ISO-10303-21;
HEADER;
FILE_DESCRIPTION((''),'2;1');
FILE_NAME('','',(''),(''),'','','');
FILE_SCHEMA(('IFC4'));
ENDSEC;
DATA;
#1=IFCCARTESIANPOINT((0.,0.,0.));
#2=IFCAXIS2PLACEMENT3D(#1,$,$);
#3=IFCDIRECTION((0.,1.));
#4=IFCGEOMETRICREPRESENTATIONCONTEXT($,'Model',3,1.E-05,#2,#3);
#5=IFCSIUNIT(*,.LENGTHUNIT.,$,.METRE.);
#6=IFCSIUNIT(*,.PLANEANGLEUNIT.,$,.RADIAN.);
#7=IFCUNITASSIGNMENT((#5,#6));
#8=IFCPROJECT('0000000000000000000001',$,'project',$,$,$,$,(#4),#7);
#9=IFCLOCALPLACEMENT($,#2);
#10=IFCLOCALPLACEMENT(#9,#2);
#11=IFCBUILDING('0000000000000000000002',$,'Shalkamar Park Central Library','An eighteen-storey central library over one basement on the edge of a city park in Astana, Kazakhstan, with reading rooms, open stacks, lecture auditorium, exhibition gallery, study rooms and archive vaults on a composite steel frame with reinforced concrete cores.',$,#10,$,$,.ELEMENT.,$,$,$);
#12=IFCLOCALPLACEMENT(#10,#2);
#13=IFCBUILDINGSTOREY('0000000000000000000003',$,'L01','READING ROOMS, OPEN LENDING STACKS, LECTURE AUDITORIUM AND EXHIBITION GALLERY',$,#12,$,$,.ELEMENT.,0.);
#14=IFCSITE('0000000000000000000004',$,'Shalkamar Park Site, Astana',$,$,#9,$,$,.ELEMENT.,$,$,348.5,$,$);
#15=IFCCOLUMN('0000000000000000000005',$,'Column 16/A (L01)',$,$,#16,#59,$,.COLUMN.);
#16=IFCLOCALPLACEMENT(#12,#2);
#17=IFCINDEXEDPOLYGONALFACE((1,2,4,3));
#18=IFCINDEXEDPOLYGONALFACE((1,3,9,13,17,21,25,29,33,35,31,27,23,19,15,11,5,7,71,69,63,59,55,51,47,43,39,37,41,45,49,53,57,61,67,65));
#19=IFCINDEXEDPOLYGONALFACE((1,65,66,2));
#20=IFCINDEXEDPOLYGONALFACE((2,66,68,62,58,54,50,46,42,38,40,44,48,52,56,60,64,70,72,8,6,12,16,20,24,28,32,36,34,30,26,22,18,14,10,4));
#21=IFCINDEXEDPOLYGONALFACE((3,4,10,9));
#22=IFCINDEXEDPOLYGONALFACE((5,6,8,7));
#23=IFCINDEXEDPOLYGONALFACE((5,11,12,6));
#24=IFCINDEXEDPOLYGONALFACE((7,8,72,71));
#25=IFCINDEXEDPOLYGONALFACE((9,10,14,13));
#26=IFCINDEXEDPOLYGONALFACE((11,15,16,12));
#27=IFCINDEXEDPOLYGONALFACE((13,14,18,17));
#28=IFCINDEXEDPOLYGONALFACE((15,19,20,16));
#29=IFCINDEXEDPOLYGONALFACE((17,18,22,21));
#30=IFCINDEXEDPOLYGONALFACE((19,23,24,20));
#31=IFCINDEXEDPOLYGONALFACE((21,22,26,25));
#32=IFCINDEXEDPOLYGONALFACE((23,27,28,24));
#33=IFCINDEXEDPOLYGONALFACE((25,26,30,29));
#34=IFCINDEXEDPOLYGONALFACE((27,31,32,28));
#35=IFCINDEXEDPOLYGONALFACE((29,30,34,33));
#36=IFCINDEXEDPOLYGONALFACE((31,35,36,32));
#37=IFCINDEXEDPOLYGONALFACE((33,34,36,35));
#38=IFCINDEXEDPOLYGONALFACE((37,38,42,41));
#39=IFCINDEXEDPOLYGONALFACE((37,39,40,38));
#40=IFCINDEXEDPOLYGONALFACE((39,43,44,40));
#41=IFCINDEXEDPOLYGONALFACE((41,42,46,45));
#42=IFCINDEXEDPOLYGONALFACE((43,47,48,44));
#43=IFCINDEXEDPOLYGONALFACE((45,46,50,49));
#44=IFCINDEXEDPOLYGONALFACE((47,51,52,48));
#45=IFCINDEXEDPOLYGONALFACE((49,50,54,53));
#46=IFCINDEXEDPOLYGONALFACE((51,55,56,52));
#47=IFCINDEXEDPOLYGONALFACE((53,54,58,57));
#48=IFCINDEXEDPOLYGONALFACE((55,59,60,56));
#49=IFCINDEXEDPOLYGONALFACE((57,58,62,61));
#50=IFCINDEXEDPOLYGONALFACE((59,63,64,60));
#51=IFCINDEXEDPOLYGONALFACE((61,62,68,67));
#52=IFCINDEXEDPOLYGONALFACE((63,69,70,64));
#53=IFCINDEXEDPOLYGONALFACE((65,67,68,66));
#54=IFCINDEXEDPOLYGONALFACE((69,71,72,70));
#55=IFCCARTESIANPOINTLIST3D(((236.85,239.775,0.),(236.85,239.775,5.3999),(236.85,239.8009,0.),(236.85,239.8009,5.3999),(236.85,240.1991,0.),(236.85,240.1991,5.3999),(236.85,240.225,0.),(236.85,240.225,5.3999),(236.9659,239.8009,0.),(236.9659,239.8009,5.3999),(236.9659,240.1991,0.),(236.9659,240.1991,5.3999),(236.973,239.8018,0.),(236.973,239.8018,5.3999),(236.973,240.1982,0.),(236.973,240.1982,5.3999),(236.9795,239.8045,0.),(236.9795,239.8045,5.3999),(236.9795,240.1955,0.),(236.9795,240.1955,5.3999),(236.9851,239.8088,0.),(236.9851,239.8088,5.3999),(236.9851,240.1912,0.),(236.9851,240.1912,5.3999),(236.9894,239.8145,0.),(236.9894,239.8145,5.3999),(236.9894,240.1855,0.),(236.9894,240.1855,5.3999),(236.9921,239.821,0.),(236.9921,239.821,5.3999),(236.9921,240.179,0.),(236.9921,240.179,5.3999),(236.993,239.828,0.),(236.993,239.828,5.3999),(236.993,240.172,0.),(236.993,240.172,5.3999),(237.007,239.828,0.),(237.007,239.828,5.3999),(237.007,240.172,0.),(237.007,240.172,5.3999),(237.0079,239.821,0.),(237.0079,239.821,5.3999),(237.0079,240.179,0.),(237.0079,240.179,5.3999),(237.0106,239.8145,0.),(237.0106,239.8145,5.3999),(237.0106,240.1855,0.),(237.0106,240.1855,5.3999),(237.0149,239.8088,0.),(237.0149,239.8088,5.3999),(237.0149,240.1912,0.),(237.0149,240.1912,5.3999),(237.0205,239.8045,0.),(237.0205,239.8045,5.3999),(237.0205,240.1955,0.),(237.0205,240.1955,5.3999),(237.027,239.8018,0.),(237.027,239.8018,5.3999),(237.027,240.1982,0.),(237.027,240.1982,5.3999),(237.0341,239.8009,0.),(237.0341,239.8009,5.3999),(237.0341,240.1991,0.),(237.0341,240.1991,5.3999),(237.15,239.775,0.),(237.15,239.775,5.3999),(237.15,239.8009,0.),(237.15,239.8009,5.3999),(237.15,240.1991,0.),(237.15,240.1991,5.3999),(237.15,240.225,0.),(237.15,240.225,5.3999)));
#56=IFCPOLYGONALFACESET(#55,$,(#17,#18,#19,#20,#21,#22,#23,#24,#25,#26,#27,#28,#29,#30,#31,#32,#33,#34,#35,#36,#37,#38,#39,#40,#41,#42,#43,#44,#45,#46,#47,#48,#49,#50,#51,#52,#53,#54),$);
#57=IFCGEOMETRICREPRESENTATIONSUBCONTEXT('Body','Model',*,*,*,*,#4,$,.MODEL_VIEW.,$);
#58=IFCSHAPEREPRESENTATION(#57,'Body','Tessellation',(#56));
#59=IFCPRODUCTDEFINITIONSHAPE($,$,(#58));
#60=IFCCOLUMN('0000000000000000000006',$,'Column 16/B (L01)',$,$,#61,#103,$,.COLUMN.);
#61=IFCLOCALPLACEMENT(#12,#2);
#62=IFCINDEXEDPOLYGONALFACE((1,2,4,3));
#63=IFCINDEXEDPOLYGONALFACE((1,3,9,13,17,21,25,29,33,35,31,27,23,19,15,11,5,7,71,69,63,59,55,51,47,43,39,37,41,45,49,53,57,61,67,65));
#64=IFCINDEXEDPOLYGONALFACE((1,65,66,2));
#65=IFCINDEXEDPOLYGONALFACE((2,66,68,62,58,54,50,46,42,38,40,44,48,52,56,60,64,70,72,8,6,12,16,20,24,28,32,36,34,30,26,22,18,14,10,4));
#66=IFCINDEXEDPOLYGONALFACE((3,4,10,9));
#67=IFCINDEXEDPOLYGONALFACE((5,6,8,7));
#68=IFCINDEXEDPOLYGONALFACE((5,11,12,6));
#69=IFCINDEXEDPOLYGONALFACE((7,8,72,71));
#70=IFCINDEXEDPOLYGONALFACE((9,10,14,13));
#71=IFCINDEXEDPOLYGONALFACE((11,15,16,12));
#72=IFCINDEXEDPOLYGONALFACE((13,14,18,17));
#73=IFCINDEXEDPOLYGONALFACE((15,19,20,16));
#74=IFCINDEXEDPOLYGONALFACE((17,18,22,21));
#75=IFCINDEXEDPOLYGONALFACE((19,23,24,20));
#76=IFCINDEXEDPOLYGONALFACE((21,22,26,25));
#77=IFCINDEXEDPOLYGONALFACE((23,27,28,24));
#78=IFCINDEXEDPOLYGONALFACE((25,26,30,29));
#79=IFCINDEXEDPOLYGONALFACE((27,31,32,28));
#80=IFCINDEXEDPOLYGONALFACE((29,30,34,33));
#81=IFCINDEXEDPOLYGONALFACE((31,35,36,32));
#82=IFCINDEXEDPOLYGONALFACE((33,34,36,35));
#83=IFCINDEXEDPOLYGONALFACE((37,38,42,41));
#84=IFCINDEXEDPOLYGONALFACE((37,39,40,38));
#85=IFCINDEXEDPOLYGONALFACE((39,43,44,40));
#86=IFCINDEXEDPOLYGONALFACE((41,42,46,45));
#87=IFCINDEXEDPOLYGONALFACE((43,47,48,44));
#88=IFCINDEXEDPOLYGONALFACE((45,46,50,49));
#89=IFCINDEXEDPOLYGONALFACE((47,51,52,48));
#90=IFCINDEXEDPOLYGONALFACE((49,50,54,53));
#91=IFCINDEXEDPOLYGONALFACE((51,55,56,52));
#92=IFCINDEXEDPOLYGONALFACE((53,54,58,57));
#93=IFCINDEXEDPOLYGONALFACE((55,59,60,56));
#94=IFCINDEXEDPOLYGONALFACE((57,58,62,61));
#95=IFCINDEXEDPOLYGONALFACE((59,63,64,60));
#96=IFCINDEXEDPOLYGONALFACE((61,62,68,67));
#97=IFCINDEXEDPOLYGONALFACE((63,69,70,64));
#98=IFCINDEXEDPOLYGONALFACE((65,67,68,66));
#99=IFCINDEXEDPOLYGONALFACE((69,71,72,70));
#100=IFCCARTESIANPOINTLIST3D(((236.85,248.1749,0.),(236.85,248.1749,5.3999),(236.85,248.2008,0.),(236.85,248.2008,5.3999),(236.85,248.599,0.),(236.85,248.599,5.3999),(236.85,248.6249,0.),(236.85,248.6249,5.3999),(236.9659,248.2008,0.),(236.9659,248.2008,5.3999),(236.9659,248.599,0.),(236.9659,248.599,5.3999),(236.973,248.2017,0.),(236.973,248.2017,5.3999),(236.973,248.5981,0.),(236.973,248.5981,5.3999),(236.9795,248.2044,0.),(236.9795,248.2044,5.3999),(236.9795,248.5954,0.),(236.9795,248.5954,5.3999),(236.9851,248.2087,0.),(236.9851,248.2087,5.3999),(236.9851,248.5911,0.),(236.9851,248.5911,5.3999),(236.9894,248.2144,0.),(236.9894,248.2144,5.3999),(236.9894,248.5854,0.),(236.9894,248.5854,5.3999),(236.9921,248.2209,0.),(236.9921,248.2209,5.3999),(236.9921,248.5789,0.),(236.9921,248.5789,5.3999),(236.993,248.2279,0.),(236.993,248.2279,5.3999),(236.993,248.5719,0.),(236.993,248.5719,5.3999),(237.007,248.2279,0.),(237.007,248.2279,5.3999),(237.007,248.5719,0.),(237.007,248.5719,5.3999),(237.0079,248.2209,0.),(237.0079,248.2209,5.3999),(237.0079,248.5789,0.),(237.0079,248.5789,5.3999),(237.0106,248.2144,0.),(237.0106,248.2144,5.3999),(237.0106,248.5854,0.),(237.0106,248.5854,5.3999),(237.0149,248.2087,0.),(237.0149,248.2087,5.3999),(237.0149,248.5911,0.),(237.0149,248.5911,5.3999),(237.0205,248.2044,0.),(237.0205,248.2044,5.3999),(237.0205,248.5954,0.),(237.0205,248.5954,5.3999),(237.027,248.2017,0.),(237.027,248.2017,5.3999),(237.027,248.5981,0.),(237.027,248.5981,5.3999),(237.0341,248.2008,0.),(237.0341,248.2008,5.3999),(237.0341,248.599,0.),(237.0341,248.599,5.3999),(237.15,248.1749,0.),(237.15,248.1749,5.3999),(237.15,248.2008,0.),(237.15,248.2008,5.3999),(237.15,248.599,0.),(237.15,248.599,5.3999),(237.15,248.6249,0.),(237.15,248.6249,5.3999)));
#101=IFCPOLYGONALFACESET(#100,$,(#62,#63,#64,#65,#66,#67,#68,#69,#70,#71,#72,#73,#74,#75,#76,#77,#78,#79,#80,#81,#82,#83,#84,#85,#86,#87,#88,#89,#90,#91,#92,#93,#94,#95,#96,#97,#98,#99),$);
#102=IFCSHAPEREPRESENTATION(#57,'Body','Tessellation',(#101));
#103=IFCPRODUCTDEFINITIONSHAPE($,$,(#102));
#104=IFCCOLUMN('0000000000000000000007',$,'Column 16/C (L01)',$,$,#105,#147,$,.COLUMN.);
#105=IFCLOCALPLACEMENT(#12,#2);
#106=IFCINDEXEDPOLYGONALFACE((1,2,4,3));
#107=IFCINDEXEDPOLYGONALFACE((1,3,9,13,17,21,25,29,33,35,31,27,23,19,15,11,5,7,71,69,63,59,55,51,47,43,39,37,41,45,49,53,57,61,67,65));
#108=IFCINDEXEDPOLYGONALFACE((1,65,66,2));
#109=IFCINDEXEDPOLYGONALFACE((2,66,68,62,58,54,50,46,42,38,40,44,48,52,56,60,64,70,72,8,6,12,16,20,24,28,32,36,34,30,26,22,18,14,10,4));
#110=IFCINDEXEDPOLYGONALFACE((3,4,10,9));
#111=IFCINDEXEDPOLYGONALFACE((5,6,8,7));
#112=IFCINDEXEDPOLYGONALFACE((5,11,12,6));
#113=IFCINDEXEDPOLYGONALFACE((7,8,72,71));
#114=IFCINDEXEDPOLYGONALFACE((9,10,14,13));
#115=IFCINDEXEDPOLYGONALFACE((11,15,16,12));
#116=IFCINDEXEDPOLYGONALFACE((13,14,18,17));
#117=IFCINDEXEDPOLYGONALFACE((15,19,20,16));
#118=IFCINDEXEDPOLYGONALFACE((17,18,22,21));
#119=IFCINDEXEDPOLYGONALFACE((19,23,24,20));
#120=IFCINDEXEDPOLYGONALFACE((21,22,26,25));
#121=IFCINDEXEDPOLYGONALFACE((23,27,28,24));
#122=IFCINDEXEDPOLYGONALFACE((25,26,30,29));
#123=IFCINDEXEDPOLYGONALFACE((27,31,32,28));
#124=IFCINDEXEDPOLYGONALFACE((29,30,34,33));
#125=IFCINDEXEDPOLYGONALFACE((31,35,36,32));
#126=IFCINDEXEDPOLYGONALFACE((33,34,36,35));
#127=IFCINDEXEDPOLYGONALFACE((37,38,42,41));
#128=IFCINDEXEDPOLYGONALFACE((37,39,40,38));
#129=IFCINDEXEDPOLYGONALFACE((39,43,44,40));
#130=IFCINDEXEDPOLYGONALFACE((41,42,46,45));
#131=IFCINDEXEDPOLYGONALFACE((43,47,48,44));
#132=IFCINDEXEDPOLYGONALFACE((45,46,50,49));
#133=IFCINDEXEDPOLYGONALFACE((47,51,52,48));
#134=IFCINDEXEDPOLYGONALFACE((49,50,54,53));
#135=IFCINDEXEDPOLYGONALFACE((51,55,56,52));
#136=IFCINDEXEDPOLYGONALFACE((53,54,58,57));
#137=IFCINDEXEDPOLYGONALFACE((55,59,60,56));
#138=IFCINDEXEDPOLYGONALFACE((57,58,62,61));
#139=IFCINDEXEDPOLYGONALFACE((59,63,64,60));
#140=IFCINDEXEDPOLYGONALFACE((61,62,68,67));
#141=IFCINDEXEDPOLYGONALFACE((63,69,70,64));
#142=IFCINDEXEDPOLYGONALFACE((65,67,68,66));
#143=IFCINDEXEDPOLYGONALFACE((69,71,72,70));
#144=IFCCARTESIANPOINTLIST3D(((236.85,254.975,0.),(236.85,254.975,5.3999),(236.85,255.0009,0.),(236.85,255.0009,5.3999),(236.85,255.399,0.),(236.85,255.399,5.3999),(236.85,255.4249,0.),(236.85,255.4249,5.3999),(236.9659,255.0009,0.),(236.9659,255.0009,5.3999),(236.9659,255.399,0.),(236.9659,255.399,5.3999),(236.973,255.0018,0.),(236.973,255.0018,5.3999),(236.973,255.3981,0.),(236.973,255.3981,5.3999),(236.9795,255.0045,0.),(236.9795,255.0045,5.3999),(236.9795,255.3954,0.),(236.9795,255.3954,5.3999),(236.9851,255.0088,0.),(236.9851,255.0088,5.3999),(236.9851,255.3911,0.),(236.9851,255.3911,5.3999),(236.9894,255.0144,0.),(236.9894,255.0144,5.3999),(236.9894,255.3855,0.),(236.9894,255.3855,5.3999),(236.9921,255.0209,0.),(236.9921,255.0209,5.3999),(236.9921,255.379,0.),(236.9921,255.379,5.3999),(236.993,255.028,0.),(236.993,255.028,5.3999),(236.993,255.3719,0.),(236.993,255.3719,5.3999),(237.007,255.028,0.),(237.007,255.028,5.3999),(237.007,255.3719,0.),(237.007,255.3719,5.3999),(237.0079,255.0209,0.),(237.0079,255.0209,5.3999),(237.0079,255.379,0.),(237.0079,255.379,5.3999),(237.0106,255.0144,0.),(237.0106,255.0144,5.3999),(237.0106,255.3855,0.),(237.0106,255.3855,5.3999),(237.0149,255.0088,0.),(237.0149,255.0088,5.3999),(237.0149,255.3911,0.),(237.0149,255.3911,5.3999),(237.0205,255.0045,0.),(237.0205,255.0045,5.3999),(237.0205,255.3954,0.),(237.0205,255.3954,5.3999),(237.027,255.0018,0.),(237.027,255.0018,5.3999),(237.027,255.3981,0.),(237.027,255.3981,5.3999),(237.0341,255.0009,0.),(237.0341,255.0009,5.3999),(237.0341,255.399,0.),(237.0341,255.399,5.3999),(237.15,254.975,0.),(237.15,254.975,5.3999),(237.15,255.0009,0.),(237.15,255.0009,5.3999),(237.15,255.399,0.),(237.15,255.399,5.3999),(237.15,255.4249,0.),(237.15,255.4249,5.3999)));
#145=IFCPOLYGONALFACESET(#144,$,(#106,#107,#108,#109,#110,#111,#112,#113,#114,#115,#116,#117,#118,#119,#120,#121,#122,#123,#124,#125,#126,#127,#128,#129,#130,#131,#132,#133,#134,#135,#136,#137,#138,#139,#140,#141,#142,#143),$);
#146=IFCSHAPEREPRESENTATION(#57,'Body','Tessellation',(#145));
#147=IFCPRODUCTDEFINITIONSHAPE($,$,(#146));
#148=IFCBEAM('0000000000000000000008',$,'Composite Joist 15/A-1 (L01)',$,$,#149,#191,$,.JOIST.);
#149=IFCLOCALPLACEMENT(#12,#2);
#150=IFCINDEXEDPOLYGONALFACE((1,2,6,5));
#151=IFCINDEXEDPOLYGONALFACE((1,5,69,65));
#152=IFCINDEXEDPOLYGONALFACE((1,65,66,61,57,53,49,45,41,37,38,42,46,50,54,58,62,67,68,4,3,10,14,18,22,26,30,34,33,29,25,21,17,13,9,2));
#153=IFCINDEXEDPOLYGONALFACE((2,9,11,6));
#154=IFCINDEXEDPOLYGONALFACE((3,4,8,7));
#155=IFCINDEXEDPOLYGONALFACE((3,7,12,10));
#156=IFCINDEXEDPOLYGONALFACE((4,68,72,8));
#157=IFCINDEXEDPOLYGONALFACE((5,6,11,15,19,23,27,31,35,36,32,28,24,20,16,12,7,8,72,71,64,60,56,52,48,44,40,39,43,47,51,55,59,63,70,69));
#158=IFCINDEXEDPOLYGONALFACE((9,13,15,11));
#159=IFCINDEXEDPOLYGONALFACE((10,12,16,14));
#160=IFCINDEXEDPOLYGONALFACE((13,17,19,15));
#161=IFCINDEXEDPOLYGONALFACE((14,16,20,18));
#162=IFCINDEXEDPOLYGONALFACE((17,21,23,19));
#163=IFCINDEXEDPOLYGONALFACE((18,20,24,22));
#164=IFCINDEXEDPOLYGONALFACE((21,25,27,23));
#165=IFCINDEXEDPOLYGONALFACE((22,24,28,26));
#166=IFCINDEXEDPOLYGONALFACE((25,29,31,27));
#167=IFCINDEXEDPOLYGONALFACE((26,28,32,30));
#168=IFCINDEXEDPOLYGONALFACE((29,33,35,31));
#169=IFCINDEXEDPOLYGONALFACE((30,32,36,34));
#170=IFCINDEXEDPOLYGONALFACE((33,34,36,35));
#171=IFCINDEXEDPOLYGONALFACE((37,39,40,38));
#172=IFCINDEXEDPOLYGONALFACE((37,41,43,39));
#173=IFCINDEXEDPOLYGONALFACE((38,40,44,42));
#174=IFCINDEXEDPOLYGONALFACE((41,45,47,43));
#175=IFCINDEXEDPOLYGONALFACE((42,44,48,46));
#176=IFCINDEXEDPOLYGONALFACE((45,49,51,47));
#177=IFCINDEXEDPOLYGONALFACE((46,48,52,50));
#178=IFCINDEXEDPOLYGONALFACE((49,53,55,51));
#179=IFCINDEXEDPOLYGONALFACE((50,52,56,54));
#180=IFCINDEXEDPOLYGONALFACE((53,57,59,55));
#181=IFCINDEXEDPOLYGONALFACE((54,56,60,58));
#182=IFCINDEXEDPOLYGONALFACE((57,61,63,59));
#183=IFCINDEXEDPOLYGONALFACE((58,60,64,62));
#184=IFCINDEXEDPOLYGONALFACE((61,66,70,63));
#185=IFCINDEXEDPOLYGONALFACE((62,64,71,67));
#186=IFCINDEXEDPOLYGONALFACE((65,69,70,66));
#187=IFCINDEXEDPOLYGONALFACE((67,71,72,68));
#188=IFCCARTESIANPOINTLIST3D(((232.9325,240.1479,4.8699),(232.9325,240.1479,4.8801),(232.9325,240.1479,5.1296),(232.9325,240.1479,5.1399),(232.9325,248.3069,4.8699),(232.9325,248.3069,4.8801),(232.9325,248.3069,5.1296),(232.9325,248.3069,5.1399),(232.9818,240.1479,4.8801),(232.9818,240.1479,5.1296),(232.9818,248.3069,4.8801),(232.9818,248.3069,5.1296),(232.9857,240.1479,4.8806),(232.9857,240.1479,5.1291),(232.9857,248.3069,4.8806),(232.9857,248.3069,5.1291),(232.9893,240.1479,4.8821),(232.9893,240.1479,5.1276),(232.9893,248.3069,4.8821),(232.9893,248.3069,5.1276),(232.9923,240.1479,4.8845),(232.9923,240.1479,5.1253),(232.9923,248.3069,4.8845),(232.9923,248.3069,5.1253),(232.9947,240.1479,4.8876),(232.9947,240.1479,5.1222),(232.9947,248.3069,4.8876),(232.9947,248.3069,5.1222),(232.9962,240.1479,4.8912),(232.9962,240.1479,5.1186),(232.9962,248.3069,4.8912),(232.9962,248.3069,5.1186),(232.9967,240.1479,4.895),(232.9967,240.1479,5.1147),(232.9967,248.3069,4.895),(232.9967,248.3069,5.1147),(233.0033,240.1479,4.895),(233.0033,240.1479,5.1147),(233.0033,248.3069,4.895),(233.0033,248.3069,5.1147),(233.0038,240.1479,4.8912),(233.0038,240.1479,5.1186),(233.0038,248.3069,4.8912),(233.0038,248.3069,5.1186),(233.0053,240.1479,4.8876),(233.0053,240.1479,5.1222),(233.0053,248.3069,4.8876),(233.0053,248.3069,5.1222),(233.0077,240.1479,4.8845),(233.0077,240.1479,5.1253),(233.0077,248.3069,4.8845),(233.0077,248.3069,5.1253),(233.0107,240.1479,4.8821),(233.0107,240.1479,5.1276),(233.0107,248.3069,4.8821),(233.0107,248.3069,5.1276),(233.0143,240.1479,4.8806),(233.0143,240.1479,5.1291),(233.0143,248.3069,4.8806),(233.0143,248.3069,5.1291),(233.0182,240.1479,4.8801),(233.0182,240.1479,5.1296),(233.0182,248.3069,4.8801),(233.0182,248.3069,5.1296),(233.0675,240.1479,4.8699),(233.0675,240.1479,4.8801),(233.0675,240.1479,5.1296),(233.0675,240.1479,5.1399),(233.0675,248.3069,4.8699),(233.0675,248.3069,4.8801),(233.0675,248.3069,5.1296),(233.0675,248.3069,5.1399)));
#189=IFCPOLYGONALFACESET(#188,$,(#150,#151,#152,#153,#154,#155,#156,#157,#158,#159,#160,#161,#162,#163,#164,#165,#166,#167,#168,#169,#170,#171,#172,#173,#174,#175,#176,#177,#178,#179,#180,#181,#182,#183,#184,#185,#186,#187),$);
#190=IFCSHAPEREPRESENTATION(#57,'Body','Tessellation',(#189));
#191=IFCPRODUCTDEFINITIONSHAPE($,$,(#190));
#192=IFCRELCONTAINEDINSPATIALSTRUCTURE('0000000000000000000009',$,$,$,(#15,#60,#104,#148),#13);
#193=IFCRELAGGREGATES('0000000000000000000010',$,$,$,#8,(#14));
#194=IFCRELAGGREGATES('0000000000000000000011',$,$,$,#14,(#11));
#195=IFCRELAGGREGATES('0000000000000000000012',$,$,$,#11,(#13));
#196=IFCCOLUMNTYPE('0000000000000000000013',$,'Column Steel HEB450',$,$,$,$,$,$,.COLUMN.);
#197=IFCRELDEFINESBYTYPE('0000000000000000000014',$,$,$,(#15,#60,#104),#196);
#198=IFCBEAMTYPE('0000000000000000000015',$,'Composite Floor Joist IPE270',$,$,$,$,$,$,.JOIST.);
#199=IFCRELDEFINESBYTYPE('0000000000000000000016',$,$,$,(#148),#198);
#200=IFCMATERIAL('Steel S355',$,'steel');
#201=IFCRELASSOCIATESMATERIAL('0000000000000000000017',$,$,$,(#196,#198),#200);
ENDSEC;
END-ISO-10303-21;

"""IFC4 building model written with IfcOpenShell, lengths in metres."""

from ifc_helpers import new_model, si_unit, direction, frame, origin, origin_2d, place, context, subcontext, project, spatial, i_section, extrude, material, material_profile, profile_set, type_object, element, save


model = new_model("IFC4")

# Units and contexts
model_context = context("Model", 3, precision=1e-05, world=origin(), true_north=direction((0.0, 1.0)))
body_context = subcontext(model_context, "Body", "Model", "MODEL_VIEW")
ifc_project = project(units=[si_unit("LENGTHUNIT", "METRE"), si_unit("PLANEANGLEUNIT", "RADIAN")], contexts=[model_context])

# Site, building, storey
site_placement = place(None, origin())
site = spatial("IfcSite", under=ifc_project, at=site_placement, Name="Shalkamar Park Site, Astana", CompositionType="ELEMENT", RefElevation=348.5)
building_placement = place(site_placement, origin())
building = spatial("IfcBuilding", under=site, at=building_placement, Name="Shalkamar Park Central Library", Description="An eighteen-storey central library over one basement on the edge of a city park in Astana, Kazakhstan, with reading rooms, open stacks, lecture auditorium, exhibition gallery, study rooms and archive vaults on a composite steel frame with reinforced concrete cores.", CompositionType="ELEMENT")
storey_placement = place(building_placement, origin())
storey = spatial("IfcBuildingStorey", under=building, at=storey_placement, Name="L01", Description="READING ROOMS, OPEN LENDING STACKS, LECTURE AUDITORIUM AND EXHIBITION GALLERY", CompositionType="ELEMENT", Elevation=0.0)

# Columns
ifc_material_1 = material(Name="Steel S355", Category="steel")
ifc_material_profile_1 = material_profile(ifc_material_1, i_section(OverallWidth=0.3, OverallDepth=0.45, WebThickness=0.0139, FlangeThickness=0.0259, FilletRadius=0.0271, at=origin_2d()), Name="HEB 450")
ifc_profile_set_1 = profile_set([ifc_material_profile_1], Name="Steel S355")
column_type = type_object("IfcColumnType", Name="Column Steel HEB450", PredefinedType="COLUMN", material=ifc_profile_set_1)
for number, where, z_axis, x_axis, name in (
    (1, (237.0, 240.0, 0.0), (0.0, 0.0, 1.0), (1.0, 0.0, 0.0), "Column 16/A (L01)"),
    (2, (237.0, 248.3999, 0.0), (0.0, 0.0, 1.0), (1.0, 0.0, 0.0), "Column 16/B (L01)"),
    (3, (237.0, 255.2, 0.0), (0.0, 0.0, 1.0), (1.0, 0.0, 0.0), "Column 16/C (L01)"),
):
    element("IfcColumn", number, at=place(storey_placement, frame(where, z_axis=z_axis, x_axis=x_axis)), inside=storey, type_object=column_type, Name=name, PredefinedType="COLUMN", context=body_context, shape_type="SweptSolid", body=[
        extrude(i_section(OverallWidth=0.3, OverallDepth=0.45, WebThickness=0.0139, FlangeThickness=0.0259, FilletRadius=0.0271, at=origin_2d()), origin(), (0.0, 0.0, 1.0), 5.3999),
    ])

# Beam
ifc_material_profile_2 = material_profile(ifc_material_1, i_section(OverallWidth=0.135, OverallDepth=0.27, WebThickness=0.0066, FlangeThickness=0.0103, FilletRadius=0.0149, at=origin_2d()), Name="IPE 270")
ifc_profile_set_2 = profile_set([ifc_material_profile_2], Name="Steel S355")
beam_type_1 = type_object("IfcBeamType", Name="Composite Floor Joist IPE270", PredefinedType="JOIST", material=ifc_profile_set_2)
beam_1_placement = place(storey_placement, frame((233.0, 240.1479, 5.0049), z_axis=(0.0, 1.0, 0.0), x_axis=(-1.0, 0.0, 0.0)))
element("IfcBeam", 4, at=beam_1_placement, inside=storey, type_object=beam_type_1, Name="Composite Joist 15/A-1 (L01)", PredefinedType="JOIST", context=body_context, shape_type="SweptSolid", body=[
    extrude(i_section(OverallWidth=0.135, OverallDepth=0.27, WebThickness=0.0066, FlangeThickness=0.0103, FilletRadius=0.0149, at=origin_2d()), origin(), (0.0, 0.0, 1.0), 8.1589),
])

save(model, "model.ifc")
